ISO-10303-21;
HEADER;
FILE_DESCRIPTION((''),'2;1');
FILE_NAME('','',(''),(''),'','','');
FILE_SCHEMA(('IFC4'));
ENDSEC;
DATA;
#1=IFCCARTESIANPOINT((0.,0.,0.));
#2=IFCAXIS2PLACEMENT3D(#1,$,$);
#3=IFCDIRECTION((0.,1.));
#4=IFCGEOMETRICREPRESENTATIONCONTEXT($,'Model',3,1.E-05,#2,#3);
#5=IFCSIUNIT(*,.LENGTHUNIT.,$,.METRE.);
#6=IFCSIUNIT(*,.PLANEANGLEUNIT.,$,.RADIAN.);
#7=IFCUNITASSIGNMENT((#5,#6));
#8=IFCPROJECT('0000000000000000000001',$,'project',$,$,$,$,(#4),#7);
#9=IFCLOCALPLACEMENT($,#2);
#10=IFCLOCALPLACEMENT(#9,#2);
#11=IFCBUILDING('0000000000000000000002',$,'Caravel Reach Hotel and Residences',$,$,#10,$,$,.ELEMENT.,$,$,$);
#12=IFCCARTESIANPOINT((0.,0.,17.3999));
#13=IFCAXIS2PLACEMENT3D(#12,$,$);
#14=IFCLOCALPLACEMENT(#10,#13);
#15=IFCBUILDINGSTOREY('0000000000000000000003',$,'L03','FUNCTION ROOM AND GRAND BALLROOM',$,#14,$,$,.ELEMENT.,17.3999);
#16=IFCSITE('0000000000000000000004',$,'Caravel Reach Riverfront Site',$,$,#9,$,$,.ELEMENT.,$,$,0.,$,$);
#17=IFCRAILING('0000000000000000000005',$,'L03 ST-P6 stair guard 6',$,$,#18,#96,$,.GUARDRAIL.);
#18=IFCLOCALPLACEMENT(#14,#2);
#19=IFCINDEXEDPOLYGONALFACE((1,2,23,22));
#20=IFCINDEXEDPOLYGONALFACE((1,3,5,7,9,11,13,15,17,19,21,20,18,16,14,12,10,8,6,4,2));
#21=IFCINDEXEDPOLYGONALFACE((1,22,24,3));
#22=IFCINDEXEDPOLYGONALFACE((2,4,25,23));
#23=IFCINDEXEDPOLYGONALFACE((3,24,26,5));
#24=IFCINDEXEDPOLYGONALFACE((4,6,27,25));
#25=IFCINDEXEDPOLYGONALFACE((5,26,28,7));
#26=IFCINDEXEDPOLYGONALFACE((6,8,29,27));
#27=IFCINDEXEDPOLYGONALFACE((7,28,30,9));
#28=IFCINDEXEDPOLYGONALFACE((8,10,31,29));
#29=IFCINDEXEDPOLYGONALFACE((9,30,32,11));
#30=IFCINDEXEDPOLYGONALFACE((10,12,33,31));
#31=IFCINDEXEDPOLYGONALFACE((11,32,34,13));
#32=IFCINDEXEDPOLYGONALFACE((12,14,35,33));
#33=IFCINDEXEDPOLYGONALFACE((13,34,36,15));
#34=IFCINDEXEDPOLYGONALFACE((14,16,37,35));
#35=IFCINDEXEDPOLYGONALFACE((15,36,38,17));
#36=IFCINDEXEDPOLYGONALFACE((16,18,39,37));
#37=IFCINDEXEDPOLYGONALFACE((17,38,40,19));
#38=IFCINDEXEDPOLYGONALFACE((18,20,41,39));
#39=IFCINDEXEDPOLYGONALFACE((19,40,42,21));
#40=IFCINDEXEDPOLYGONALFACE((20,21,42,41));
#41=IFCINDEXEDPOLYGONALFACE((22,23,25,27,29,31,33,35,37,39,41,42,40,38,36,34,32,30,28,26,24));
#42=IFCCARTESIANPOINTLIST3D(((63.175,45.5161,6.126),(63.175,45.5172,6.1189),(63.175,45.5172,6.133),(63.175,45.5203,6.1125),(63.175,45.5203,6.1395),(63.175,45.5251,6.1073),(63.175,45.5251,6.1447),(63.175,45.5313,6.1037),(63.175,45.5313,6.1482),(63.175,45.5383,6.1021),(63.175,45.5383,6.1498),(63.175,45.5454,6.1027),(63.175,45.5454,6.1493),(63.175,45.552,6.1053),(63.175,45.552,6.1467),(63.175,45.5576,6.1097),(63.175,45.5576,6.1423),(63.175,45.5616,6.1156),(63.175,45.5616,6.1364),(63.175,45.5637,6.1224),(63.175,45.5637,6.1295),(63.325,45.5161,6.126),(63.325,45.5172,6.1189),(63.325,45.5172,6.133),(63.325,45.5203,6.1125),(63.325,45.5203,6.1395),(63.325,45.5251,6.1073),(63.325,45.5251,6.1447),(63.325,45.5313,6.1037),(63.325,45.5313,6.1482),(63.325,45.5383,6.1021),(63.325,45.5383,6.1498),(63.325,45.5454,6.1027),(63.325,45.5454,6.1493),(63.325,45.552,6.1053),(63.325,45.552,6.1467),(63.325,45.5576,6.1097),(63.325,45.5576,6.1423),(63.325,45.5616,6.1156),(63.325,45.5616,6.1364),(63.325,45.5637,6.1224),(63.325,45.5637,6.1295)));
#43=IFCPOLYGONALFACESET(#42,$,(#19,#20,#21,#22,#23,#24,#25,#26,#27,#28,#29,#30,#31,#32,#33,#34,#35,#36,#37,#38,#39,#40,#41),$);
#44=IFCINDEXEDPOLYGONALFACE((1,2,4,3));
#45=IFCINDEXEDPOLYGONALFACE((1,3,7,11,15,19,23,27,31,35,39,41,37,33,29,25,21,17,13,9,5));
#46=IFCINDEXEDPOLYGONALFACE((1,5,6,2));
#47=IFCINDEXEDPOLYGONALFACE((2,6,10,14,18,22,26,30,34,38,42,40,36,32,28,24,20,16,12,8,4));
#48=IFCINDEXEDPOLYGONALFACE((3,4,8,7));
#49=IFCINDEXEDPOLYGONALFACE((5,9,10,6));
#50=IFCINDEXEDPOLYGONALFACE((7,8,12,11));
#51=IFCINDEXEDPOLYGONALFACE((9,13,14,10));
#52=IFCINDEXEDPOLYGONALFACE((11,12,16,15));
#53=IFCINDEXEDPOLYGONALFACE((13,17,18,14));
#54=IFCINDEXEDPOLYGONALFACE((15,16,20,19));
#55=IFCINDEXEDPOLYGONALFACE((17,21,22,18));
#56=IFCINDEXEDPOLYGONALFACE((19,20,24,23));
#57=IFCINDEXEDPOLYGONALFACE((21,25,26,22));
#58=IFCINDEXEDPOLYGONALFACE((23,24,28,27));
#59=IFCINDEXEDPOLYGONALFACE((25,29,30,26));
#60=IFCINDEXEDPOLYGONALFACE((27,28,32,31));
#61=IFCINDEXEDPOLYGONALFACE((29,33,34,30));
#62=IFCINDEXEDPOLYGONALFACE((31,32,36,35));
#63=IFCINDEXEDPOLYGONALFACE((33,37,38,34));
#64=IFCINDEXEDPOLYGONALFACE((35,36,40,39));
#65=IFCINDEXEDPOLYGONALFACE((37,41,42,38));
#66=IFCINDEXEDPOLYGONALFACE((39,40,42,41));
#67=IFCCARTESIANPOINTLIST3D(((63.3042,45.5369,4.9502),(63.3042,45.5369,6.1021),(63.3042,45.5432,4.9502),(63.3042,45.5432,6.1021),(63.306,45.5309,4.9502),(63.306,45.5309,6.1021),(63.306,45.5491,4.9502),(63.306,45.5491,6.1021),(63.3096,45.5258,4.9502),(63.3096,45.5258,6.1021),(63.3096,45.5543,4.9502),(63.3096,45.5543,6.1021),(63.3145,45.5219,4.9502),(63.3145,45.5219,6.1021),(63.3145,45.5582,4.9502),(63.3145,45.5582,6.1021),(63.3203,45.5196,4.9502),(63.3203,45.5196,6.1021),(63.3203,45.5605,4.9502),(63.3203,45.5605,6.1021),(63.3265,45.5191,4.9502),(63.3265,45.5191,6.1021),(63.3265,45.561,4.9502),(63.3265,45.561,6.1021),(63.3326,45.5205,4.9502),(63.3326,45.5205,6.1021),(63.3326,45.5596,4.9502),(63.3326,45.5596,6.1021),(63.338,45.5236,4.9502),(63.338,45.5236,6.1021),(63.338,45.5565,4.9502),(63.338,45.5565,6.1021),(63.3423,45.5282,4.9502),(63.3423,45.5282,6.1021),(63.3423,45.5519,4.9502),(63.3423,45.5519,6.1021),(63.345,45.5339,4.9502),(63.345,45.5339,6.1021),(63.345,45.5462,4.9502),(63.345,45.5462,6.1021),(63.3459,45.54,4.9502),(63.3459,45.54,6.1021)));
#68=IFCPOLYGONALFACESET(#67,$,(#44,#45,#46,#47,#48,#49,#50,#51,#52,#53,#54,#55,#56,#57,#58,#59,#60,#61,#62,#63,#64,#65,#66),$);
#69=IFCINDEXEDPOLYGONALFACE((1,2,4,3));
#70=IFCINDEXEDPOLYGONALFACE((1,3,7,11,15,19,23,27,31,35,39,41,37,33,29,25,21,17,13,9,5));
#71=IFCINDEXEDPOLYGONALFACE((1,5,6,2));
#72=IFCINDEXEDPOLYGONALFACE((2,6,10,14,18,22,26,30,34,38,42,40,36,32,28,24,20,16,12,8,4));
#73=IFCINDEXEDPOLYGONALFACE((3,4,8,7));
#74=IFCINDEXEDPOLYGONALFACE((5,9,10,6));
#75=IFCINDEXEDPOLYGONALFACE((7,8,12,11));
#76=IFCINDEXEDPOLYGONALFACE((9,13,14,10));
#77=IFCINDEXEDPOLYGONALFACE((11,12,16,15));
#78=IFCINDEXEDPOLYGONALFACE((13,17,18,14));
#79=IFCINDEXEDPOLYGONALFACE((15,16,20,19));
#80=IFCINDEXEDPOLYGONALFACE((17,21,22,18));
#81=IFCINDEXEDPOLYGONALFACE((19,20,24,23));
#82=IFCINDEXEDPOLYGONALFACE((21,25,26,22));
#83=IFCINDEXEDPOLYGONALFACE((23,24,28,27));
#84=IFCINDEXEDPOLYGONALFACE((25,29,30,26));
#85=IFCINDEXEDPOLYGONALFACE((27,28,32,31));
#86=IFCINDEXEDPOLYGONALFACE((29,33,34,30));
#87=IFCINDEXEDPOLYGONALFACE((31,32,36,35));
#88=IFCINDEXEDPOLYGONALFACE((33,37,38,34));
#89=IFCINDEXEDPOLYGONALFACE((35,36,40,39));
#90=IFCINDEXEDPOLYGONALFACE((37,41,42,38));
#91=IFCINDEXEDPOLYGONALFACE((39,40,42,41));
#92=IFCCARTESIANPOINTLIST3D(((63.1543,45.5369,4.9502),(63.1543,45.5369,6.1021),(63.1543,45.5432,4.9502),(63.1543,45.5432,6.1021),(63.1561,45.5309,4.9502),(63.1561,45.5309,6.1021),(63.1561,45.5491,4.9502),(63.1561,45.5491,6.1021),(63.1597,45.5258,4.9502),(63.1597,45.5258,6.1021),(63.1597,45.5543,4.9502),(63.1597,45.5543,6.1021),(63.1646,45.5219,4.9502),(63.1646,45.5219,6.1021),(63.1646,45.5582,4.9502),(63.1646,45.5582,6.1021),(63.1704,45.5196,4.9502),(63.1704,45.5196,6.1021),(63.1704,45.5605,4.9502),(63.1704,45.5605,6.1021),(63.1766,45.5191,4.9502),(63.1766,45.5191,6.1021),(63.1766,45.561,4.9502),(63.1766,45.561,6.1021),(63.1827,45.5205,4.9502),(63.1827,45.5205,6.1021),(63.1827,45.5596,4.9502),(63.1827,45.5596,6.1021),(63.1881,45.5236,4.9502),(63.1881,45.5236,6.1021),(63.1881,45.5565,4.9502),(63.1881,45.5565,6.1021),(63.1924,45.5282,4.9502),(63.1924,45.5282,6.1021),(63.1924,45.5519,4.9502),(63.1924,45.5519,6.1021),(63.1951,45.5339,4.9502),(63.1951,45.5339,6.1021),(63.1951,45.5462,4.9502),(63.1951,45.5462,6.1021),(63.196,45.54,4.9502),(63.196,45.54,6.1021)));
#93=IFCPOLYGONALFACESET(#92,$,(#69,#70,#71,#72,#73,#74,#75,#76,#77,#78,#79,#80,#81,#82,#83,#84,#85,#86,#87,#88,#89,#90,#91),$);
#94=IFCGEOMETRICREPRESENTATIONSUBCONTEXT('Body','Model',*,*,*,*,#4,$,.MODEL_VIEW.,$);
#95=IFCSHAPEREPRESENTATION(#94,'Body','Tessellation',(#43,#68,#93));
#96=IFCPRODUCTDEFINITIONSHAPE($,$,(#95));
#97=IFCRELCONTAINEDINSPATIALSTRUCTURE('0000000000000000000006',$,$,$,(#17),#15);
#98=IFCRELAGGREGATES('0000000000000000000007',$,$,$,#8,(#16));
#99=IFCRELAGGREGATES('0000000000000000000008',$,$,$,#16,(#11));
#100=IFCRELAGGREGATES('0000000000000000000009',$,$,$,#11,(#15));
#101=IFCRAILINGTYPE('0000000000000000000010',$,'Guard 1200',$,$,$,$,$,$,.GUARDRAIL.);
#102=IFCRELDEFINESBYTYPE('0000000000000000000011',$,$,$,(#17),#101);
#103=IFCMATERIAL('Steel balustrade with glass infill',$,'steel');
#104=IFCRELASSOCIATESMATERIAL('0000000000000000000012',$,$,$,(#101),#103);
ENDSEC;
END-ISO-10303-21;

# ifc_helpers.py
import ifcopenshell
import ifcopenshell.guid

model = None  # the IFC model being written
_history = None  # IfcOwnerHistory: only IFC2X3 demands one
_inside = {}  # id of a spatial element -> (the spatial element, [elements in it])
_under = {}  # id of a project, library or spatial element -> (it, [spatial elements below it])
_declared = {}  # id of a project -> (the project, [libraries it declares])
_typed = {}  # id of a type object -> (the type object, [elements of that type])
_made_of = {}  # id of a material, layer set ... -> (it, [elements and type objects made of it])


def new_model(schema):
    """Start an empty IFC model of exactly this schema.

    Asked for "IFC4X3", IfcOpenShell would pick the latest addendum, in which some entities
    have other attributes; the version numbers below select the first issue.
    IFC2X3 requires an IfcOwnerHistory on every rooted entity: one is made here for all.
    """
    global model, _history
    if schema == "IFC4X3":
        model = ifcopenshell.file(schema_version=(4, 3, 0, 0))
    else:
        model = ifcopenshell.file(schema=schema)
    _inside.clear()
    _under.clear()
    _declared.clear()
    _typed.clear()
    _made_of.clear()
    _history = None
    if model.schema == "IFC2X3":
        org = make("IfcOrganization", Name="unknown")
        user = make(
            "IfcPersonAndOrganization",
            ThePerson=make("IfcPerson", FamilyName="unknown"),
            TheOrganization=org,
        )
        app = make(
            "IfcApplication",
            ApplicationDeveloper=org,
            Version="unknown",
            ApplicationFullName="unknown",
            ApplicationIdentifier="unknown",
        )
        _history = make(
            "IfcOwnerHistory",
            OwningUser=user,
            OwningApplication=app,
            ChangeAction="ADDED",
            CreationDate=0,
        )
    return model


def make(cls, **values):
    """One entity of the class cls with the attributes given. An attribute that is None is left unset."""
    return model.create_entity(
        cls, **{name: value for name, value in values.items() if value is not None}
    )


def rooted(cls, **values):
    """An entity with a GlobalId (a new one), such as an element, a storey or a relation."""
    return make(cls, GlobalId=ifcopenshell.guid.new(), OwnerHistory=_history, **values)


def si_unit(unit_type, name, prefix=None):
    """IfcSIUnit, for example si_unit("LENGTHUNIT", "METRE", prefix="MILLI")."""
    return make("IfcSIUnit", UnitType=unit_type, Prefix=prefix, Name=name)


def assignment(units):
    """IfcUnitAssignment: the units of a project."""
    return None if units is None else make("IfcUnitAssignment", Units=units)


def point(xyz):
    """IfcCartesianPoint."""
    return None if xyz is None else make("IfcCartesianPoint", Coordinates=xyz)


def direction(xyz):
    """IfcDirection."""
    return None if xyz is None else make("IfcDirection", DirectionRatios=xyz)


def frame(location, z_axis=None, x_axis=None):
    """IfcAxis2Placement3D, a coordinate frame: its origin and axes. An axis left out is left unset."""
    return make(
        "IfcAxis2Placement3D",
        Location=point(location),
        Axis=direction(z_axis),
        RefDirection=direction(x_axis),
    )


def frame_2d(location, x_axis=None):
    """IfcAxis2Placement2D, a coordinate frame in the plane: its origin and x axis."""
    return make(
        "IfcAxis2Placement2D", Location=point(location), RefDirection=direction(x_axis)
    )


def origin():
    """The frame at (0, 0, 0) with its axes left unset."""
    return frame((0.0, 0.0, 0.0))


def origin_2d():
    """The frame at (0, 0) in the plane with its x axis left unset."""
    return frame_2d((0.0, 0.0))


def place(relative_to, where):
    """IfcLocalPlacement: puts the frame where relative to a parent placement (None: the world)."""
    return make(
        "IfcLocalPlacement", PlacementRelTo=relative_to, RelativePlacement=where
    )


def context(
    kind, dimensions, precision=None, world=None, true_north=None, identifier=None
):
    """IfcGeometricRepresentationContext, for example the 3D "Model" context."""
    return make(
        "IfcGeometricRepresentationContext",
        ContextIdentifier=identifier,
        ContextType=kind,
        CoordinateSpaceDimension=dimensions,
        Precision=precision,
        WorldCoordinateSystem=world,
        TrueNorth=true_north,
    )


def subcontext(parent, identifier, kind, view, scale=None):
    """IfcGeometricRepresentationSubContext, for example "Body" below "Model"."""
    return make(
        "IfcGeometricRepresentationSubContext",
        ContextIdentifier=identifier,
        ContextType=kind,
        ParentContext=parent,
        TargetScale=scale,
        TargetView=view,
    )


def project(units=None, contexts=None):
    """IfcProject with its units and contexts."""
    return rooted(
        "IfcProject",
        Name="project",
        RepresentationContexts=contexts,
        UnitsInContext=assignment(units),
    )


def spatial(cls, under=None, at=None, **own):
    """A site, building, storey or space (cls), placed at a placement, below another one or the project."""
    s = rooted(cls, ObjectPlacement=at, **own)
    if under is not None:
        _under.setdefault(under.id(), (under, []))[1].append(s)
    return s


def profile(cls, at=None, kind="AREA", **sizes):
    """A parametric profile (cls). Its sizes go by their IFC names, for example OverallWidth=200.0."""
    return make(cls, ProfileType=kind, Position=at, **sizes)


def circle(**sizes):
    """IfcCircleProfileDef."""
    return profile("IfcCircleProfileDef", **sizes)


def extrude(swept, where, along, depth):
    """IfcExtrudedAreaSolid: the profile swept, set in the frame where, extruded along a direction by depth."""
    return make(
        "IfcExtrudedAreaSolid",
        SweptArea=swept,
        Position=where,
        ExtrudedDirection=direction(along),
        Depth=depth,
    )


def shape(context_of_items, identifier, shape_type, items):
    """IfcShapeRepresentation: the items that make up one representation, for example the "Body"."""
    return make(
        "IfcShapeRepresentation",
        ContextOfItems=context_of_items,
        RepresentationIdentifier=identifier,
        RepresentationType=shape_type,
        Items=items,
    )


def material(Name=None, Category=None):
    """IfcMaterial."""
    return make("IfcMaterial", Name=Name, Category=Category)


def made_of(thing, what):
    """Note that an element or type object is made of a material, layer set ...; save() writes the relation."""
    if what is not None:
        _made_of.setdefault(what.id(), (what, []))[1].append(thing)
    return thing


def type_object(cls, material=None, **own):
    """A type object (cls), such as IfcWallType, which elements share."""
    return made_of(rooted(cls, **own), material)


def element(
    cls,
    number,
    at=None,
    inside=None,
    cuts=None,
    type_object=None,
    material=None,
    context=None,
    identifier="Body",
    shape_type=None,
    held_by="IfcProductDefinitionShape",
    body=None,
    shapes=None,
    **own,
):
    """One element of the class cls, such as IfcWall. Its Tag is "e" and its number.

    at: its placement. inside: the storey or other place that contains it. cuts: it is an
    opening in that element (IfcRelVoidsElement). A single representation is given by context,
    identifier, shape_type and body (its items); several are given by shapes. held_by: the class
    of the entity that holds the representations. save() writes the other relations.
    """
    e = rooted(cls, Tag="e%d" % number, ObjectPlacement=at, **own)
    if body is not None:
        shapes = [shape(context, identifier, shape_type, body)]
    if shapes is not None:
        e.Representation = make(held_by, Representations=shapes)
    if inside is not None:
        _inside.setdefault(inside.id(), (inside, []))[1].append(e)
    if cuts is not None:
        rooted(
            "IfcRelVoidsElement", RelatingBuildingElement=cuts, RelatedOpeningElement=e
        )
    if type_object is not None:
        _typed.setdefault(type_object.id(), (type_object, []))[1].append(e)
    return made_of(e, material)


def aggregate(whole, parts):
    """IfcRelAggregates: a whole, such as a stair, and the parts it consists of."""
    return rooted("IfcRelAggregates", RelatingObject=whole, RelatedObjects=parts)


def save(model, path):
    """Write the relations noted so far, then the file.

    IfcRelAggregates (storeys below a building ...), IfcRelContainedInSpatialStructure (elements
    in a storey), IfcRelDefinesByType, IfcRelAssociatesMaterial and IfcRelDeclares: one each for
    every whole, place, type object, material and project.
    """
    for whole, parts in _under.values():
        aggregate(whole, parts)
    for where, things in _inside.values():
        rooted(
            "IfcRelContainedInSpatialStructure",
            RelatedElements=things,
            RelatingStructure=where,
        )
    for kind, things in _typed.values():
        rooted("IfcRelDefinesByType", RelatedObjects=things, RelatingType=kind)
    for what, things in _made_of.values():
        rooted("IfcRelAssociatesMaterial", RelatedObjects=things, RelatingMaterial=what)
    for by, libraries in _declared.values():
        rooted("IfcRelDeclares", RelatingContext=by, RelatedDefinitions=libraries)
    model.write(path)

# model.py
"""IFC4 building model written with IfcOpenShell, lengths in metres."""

from ifc_helpers import new_model, si_unit, direction, frame, origin, origin_2d, place, context, subcontext, project, spatial, circle, extrude, material, type_object, element, save


model = new_model("IFC4")

# Units and contexts
model_context = context("Model", 3, precision=1e-05, world=origin(), true_north=direction((0.0, 1.0)))
body_context = subcontext(model_context, "Body", "Model", "MODEL_VIEW")
ifc_project = project(units=[si_unit("LENGTHUNIT", "METRE"), si_unit("PLANEANGLEUNIT", "RADIAN")], contexts=[model_context])

# Site, building, storey
site_placement = place(None, origin())
site = spatial("IfcSite", under=ifc_project, at=site_placement, Name="Caravel Reach Riverfront Site", CompositionType="ELEMENT", RefElevation=0.0)
building_placement = place(site_placement, origin())
building = spatial("IfcBuilding", under=site, at=building_placement, Name="Caravel Reach Hotel and Residences", CompositionType="ELEMENT")
storey_placement = place(building_placement, frame((0.0, 0.0, 17.3999)))
storey = spatial("IfcBuildingStorey", under=building, at=storey_placement, Name="L03", Description="FUNCTION ROOM AND GRAND BALLROOM", CompositionType="ELEMENT", Elevation=17.3999)

# Railing
ifc_material_1 = material(Name="Steel balustrade with glass infill", Category="steel")
railing_type_1 = type_object("IfcRailingType", Name="Guard 1200", PredefinedType="GUARDRAIL", material=ifc_material_1)
railing_1_placement = place(storey_placement, frame((63.325, 45.54, 4.9502)))
element("IfcRailing", 1, at=railing_1_placement, inside=storey, type_object=railing_type_1, Name="L03 ST-P6 stair guard 6", PredefinedType="GUARDRAIL", context=body_context, shape_type="SweptSolid", body=[
    extrude(circle(Radius=0.0239, at=origin_2d()), frame((0.0, 0.0, 1.1758), z_axis=(-1.0, 0.0, 0.0), x_axis=(0.0, -1.0, 0.0)), (0.0, 0.0, 1.0), 0.1499),
    extrude(circle(Radius=0.021, at=origin_2d()), origin(), (0.0, 0.0, 1.0), 1.1519),
    extrude(circle(Radius=0.021, at=origin_2d()), frame((-0.1499, 0.0, 0.0)), (0.0, 0.0, 1.0), 1.1519),
])

save(model, "model.ifc")
